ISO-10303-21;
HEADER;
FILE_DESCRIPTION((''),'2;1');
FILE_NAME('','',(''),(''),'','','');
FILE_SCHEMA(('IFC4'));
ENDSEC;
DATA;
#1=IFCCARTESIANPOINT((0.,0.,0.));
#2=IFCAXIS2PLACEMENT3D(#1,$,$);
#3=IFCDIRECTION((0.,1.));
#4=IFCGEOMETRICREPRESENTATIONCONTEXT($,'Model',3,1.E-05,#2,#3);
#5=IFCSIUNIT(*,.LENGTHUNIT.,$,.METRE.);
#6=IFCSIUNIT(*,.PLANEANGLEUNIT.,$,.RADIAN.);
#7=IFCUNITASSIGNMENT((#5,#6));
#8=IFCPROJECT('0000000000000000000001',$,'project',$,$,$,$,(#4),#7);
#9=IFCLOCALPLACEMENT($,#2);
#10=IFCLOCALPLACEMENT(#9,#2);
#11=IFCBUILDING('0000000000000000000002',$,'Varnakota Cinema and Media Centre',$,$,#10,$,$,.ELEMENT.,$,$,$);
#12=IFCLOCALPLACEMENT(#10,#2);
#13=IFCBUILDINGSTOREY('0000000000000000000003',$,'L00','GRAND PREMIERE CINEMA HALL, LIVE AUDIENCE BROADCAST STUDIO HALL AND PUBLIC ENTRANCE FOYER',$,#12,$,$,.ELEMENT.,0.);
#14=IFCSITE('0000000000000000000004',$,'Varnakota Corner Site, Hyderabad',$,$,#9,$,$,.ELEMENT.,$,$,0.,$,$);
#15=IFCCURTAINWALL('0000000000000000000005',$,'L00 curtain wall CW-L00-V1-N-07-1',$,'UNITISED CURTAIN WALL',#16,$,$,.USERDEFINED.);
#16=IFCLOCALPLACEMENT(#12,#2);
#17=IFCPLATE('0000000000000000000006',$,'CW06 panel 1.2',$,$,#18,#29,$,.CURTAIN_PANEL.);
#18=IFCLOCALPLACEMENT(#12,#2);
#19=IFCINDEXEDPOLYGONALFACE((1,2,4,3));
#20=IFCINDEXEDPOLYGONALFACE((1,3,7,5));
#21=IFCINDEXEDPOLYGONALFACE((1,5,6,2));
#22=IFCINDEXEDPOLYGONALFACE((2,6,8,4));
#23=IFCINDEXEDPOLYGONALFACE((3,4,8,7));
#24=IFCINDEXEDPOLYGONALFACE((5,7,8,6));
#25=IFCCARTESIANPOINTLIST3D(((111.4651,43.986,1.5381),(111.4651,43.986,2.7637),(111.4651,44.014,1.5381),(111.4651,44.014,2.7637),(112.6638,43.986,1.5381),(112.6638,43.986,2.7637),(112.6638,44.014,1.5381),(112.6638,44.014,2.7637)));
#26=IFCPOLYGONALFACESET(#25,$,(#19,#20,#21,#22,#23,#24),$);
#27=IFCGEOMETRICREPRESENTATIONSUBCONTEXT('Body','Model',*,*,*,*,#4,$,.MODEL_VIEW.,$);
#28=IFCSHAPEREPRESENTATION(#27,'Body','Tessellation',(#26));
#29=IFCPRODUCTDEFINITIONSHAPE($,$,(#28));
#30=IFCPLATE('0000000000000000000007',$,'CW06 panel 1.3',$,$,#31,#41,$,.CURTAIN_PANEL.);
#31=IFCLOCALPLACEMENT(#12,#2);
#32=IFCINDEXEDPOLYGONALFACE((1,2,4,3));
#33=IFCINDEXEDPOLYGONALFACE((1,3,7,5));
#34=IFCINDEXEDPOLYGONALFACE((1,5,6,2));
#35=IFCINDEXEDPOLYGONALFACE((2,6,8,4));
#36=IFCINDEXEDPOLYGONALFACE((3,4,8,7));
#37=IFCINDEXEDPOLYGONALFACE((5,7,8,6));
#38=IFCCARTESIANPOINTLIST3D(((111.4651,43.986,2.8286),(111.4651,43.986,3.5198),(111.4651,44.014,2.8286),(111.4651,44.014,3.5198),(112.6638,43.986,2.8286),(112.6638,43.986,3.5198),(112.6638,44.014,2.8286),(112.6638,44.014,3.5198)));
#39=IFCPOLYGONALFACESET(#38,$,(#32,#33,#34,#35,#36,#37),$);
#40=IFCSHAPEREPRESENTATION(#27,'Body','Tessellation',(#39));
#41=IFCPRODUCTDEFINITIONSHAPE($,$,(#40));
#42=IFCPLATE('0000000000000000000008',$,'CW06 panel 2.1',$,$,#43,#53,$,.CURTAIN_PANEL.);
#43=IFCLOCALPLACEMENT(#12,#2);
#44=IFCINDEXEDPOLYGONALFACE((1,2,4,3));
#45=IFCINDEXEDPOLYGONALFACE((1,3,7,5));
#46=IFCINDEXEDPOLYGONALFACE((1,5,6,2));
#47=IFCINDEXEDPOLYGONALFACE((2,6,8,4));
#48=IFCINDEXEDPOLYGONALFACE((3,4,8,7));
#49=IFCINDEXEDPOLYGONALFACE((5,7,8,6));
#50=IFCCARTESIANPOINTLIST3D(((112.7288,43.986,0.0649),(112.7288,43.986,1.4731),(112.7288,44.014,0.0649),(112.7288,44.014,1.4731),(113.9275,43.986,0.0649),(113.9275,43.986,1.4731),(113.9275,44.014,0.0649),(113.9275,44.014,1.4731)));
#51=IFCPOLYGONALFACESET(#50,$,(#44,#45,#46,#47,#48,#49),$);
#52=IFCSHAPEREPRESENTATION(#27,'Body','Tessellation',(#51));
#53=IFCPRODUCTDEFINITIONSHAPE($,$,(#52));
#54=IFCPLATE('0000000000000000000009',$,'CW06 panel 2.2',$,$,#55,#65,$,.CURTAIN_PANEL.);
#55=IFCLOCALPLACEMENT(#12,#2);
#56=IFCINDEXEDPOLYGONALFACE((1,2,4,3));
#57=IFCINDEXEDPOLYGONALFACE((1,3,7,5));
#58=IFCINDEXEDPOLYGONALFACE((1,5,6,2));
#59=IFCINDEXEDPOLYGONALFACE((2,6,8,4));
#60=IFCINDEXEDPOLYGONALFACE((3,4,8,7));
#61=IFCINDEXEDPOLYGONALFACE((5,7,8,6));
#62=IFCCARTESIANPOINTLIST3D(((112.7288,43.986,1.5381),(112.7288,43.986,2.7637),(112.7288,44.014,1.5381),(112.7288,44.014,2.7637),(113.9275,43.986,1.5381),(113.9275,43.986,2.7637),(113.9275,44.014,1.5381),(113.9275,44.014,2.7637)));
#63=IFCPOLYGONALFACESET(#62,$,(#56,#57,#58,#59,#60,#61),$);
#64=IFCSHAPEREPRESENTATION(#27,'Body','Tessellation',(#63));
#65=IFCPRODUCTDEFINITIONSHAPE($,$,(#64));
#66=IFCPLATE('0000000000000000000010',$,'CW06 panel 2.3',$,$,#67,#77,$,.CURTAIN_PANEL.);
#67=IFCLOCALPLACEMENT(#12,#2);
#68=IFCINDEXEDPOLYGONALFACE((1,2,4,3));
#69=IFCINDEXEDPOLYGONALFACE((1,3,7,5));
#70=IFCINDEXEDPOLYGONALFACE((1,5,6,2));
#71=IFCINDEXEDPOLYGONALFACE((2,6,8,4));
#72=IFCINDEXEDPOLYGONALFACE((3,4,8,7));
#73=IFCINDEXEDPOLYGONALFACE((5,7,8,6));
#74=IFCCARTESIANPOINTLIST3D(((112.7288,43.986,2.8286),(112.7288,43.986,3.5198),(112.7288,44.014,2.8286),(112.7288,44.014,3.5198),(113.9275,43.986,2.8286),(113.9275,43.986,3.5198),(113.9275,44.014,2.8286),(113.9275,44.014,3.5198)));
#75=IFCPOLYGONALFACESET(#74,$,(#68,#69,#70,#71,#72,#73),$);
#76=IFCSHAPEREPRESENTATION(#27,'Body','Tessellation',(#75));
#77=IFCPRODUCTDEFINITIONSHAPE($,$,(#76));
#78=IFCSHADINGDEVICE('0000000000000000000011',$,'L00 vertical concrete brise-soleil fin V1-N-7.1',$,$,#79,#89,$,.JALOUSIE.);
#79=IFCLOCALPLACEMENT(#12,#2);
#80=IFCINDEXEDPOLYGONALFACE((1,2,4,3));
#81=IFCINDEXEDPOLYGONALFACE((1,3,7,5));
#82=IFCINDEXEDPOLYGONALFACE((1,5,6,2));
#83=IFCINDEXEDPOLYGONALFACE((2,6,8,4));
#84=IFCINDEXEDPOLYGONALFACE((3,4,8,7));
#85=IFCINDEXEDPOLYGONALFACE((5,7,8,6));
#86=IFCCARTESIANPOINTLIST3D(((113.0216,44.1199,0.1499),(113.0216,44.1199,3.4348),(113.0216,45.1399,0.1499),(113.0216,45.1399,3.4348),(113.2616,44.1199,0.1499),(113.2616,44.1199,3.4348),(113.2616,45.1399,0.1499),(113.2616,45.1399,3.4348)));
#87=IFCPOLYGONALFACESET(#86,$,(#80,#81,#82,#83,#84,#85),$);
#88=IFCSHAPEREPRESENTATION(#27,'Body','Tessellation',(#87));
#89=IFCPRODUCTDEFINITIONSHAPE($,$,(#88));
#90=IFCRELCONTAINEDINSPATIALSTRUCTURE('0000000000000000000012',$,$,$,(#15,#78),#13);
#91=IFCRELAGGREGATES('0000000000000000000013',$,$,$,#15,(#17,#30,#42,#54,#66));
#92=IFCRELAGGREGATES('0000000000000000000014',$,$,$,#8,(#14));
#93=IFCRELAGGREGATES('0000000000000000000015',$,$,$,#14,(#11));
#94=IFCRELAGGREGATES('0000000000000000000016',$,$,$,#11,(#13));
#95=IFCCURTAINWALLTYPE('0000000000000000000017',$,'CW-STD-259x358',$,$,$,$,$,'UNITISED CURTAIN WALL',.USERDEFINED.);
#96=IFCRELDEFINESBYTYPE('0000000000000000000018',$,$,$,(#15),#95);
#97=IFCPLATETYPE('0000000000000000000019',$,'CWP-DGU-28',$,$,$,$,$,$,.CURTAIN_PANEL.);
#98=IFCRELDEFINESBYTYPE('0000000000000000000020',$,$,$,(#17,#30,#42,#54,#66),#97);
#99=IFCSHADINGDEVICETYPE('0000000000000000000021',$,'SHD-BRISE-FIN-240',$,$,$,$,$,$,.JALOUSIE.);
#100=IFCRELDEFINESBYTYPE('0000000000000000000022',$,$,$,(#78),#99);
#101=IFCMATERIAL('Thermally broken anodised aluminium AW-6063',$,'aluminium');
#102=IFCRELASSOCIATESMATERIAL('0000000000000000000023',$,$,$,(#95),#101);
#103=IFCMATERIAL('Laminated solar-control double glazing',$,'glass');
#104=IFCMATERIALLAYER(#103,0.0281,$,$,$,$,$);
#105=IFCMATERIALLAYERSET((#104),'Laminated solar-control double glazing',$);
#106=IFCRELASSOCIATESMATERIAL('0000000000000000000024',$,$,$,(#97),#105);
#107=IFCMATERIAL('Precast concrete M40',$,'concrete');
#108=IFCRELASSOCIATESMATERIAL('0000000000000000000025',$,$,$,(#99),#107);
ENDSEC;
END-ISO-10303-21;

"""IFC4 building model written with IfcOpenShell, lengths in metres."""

from ifc_helpers import new_model, si_unit, direction, frame, origin, origin_2d, place, context, subcontext, project, spatial, rectangle, extrude, material, layer, layer_set, type_object, element, aggregate, save


model = new_model("IFC4")

# Units and contexts
model_context = context("Model", 3, precision=1e-05, world=origin(), true_north=direction((0.0, 1.0)))
body_context = subcontext(model_context, "Body", "Model", "MODEL_VIEW")
ifc_project = project(units=[si_unit("LENGTHUNIT", "METRE"), si_unit("PLANEANGLEUNIT", "RADIAN")], contexts=[model_context])

# Site, building, storey
site_placement = place(None, origin())
site = spatial("IfcSite", under=ifc_project, at=site_placement, Name="Varnakota Corner Site, Hyderabad", CompositionType="ELEMENT", RefElevation=0.0)
building_placement = place(site_placement, origin())
building = spatial("IfcBuilding", under=site, at=building_placement, Name="Varnakota Cinema and Media Centre", CompositionType="ELEMENT")
storey_placement = place(building_placement, origin())
storey = spatial("IfcBuildingStorey", under=building, at=storey_placement, Name="L00", Description="GRAND PREMIERE CINEMA HALL, LIVE AUDIENCE BROADCAST STUDIO HALL AND PUBLIC ENTRANCE FOYER", CompositionType="ELEMENT", Elevation=0.0)

# Shared definitions
ifc_material_1 = material(Name="Thermally broken anodised aluminium AW-6063", Category="aluminium")
curtain_wall_type = type_object("IfcCurtainWallType", Name="CW-STD-259x358", ElementType="UNITISED CURTAIN WALL", PredefinedType="USERDEFINED", material=ifc_material_1)

# Curtain wall
curtain_wall_1_placement = place(storey_placement, origin())
curtain_wall_1 = element("IfcCurtainWall", 1, at=curtain_wall_1_placement, inside=storey, type_object=curtain_wall_type, Name="L00 curtain wall CW-L00-V1-N-07-1", ObjectType="UNITISED CURTAIN WALL", PredefinedType="USERDEFINED")

# Plates
ifc_material_2 = material(Name="Laminated solar-control double glazing", Category="glass")
ifc_layer = layer(ifc_material_2, 0.0281)
ifc_layer_set = layer_set([ifc_layer], Name="Laminated solar-control double glazing")
plate_type = type_object("IfcPlateType", Name="CWP-DGU-28", PredefinedType="CURTAIN_PANEL", material=ifc_layer_set)
plate_1_placement = place(storey_placement, frame((112.0645, 44.0, 1.5381), z_axis=(0.0, 0.0, 1.0), x_axis=(1.0, 0.0, 0.0)))
plate_1 = element("IfcPlate", 2, at=plate_1_placement, type_object=plate_type, Name="CW06 panel 1.2", PredefinedType="CURTAIN_PANEL", context=body_context, shape_type="SweptSolid", body=[
    extrude(rectangle(XDim=1.1987, YDim=0.0281, at=origin_2d()), origin(), (0.0, 0.0, 1.0), 1.2256),
])
plate_2_placement = place(storey_placement, frame((112.0645, 44.0, 2.8286), z_axis=(0.0, 0.0, 1.0), x_axis=(1.0, 0.0, 0.0)))
plate_2 = element("IfcPlate", 3, at=plate_2_placement, type_object=plate_type, Name="CW06 panel 1.3", PredefinedType="CURTAIN_PANEL", context=body_context, shape_type="SweptSolid", body=[
    extrude(rectangle(XDim=1.1987, YDim=0.0281, at=origin_2d()), origin(), (0.0, 0.0, 1.0), 0.6912),
])
plate_3_placement = place(storey_placement, frame((113.3281, 44.0, 0.0649), z_axis=(0.0, 0.0, 1.0), x_axis=(1.0, 0.0, 0.0)))
plate_3 = element("IfcPlate", 4, at=plate_3_placement, type_object=plate_type, Name="CW06 panel 2.1", PredefinedType="CURTAIN_PANEL", context=body_context, shape_type="SweptSolid", body=[
    extrude(rectangle(XDim=1.1987, YDim=0.0281, at=origin_2d()), origin(), (0.0, 0.0, 1.0), 1.4082),
])
plate_4_placement = place(storey_placement, frame((113.3281, 44.0, 1.5381), z_axis=(0.0, 0.0, 1.0), x_axis=(1.0, 0.0, 0.0)))
plate_4 = element("IfcPlate", 5, at=plate_4_placement, type_object=plate_type, Name="CW06 panel 2.2", PredefinedType="CURTAIN_PANEL", context=body_context, shape_type="SweptSolid", body=[
    extrude(rectangle(XDim=1.1987, YDim=0.0281, at=origin_2d()), origin(), (0.0, 0.0, 1.0), 1.2256),
])
plate_5_placement = place(storey_placement, frame((113.3281, 44.0, 2.8286), z_axis=(0.0, 0.0, 1.0), x_axis=(1.0, 0.0, 0.0)))
plate_5 = element("IfcPlate", 6, at=plate_5_placement, type_object=plate_type, Name="CW06 panel 2.3", PredefinedType="CURTAIN_PANEL", context=body_context, shape_type="SweptSolid", body=[
    extrude(rectangle(XDim=1.1987, YDim=0.0281, at=origin_2d()), origin(), (0.0, 0.0, 1.0), 0.6912),
])
aggregate(curtain_wall_1, [plate_1, plate_2, plate_3, plate_4, plate_5])

# Shading device
ifc_material_3 = material(Name="Precast concrete M40", Category="concrete")
shading_device_type = type_object("IfcShadingDeviceType", Name="SHD-BRISE-FIN-240", PredefinedType="JALOUSIE", material=ifc_material_3)
shading_device_placement = place(storey_placement, frame((113.1416, 44.6299, 0.1499), z_axis=(0.0, 0.0, 1.0), x_axis=(1.0, 0.0, 0.0)))
element("IfcShadingDevice", 7, at=shading_device_placement, inside=storey, type_object=shading_device_type, Name="L00 vertical concrete brise-soleil fin V1-N-7.1", PredefinedType="JALOUSIE", context=body_context, shape_type="SweptSolid", body=[
    extrude(rectangle(XDim=0.24, YDim=1.02, at=origin_2d()), origin(), (0.0, 0.0, 1.0), 3.2849),
])

save(model, "model.ifc")
